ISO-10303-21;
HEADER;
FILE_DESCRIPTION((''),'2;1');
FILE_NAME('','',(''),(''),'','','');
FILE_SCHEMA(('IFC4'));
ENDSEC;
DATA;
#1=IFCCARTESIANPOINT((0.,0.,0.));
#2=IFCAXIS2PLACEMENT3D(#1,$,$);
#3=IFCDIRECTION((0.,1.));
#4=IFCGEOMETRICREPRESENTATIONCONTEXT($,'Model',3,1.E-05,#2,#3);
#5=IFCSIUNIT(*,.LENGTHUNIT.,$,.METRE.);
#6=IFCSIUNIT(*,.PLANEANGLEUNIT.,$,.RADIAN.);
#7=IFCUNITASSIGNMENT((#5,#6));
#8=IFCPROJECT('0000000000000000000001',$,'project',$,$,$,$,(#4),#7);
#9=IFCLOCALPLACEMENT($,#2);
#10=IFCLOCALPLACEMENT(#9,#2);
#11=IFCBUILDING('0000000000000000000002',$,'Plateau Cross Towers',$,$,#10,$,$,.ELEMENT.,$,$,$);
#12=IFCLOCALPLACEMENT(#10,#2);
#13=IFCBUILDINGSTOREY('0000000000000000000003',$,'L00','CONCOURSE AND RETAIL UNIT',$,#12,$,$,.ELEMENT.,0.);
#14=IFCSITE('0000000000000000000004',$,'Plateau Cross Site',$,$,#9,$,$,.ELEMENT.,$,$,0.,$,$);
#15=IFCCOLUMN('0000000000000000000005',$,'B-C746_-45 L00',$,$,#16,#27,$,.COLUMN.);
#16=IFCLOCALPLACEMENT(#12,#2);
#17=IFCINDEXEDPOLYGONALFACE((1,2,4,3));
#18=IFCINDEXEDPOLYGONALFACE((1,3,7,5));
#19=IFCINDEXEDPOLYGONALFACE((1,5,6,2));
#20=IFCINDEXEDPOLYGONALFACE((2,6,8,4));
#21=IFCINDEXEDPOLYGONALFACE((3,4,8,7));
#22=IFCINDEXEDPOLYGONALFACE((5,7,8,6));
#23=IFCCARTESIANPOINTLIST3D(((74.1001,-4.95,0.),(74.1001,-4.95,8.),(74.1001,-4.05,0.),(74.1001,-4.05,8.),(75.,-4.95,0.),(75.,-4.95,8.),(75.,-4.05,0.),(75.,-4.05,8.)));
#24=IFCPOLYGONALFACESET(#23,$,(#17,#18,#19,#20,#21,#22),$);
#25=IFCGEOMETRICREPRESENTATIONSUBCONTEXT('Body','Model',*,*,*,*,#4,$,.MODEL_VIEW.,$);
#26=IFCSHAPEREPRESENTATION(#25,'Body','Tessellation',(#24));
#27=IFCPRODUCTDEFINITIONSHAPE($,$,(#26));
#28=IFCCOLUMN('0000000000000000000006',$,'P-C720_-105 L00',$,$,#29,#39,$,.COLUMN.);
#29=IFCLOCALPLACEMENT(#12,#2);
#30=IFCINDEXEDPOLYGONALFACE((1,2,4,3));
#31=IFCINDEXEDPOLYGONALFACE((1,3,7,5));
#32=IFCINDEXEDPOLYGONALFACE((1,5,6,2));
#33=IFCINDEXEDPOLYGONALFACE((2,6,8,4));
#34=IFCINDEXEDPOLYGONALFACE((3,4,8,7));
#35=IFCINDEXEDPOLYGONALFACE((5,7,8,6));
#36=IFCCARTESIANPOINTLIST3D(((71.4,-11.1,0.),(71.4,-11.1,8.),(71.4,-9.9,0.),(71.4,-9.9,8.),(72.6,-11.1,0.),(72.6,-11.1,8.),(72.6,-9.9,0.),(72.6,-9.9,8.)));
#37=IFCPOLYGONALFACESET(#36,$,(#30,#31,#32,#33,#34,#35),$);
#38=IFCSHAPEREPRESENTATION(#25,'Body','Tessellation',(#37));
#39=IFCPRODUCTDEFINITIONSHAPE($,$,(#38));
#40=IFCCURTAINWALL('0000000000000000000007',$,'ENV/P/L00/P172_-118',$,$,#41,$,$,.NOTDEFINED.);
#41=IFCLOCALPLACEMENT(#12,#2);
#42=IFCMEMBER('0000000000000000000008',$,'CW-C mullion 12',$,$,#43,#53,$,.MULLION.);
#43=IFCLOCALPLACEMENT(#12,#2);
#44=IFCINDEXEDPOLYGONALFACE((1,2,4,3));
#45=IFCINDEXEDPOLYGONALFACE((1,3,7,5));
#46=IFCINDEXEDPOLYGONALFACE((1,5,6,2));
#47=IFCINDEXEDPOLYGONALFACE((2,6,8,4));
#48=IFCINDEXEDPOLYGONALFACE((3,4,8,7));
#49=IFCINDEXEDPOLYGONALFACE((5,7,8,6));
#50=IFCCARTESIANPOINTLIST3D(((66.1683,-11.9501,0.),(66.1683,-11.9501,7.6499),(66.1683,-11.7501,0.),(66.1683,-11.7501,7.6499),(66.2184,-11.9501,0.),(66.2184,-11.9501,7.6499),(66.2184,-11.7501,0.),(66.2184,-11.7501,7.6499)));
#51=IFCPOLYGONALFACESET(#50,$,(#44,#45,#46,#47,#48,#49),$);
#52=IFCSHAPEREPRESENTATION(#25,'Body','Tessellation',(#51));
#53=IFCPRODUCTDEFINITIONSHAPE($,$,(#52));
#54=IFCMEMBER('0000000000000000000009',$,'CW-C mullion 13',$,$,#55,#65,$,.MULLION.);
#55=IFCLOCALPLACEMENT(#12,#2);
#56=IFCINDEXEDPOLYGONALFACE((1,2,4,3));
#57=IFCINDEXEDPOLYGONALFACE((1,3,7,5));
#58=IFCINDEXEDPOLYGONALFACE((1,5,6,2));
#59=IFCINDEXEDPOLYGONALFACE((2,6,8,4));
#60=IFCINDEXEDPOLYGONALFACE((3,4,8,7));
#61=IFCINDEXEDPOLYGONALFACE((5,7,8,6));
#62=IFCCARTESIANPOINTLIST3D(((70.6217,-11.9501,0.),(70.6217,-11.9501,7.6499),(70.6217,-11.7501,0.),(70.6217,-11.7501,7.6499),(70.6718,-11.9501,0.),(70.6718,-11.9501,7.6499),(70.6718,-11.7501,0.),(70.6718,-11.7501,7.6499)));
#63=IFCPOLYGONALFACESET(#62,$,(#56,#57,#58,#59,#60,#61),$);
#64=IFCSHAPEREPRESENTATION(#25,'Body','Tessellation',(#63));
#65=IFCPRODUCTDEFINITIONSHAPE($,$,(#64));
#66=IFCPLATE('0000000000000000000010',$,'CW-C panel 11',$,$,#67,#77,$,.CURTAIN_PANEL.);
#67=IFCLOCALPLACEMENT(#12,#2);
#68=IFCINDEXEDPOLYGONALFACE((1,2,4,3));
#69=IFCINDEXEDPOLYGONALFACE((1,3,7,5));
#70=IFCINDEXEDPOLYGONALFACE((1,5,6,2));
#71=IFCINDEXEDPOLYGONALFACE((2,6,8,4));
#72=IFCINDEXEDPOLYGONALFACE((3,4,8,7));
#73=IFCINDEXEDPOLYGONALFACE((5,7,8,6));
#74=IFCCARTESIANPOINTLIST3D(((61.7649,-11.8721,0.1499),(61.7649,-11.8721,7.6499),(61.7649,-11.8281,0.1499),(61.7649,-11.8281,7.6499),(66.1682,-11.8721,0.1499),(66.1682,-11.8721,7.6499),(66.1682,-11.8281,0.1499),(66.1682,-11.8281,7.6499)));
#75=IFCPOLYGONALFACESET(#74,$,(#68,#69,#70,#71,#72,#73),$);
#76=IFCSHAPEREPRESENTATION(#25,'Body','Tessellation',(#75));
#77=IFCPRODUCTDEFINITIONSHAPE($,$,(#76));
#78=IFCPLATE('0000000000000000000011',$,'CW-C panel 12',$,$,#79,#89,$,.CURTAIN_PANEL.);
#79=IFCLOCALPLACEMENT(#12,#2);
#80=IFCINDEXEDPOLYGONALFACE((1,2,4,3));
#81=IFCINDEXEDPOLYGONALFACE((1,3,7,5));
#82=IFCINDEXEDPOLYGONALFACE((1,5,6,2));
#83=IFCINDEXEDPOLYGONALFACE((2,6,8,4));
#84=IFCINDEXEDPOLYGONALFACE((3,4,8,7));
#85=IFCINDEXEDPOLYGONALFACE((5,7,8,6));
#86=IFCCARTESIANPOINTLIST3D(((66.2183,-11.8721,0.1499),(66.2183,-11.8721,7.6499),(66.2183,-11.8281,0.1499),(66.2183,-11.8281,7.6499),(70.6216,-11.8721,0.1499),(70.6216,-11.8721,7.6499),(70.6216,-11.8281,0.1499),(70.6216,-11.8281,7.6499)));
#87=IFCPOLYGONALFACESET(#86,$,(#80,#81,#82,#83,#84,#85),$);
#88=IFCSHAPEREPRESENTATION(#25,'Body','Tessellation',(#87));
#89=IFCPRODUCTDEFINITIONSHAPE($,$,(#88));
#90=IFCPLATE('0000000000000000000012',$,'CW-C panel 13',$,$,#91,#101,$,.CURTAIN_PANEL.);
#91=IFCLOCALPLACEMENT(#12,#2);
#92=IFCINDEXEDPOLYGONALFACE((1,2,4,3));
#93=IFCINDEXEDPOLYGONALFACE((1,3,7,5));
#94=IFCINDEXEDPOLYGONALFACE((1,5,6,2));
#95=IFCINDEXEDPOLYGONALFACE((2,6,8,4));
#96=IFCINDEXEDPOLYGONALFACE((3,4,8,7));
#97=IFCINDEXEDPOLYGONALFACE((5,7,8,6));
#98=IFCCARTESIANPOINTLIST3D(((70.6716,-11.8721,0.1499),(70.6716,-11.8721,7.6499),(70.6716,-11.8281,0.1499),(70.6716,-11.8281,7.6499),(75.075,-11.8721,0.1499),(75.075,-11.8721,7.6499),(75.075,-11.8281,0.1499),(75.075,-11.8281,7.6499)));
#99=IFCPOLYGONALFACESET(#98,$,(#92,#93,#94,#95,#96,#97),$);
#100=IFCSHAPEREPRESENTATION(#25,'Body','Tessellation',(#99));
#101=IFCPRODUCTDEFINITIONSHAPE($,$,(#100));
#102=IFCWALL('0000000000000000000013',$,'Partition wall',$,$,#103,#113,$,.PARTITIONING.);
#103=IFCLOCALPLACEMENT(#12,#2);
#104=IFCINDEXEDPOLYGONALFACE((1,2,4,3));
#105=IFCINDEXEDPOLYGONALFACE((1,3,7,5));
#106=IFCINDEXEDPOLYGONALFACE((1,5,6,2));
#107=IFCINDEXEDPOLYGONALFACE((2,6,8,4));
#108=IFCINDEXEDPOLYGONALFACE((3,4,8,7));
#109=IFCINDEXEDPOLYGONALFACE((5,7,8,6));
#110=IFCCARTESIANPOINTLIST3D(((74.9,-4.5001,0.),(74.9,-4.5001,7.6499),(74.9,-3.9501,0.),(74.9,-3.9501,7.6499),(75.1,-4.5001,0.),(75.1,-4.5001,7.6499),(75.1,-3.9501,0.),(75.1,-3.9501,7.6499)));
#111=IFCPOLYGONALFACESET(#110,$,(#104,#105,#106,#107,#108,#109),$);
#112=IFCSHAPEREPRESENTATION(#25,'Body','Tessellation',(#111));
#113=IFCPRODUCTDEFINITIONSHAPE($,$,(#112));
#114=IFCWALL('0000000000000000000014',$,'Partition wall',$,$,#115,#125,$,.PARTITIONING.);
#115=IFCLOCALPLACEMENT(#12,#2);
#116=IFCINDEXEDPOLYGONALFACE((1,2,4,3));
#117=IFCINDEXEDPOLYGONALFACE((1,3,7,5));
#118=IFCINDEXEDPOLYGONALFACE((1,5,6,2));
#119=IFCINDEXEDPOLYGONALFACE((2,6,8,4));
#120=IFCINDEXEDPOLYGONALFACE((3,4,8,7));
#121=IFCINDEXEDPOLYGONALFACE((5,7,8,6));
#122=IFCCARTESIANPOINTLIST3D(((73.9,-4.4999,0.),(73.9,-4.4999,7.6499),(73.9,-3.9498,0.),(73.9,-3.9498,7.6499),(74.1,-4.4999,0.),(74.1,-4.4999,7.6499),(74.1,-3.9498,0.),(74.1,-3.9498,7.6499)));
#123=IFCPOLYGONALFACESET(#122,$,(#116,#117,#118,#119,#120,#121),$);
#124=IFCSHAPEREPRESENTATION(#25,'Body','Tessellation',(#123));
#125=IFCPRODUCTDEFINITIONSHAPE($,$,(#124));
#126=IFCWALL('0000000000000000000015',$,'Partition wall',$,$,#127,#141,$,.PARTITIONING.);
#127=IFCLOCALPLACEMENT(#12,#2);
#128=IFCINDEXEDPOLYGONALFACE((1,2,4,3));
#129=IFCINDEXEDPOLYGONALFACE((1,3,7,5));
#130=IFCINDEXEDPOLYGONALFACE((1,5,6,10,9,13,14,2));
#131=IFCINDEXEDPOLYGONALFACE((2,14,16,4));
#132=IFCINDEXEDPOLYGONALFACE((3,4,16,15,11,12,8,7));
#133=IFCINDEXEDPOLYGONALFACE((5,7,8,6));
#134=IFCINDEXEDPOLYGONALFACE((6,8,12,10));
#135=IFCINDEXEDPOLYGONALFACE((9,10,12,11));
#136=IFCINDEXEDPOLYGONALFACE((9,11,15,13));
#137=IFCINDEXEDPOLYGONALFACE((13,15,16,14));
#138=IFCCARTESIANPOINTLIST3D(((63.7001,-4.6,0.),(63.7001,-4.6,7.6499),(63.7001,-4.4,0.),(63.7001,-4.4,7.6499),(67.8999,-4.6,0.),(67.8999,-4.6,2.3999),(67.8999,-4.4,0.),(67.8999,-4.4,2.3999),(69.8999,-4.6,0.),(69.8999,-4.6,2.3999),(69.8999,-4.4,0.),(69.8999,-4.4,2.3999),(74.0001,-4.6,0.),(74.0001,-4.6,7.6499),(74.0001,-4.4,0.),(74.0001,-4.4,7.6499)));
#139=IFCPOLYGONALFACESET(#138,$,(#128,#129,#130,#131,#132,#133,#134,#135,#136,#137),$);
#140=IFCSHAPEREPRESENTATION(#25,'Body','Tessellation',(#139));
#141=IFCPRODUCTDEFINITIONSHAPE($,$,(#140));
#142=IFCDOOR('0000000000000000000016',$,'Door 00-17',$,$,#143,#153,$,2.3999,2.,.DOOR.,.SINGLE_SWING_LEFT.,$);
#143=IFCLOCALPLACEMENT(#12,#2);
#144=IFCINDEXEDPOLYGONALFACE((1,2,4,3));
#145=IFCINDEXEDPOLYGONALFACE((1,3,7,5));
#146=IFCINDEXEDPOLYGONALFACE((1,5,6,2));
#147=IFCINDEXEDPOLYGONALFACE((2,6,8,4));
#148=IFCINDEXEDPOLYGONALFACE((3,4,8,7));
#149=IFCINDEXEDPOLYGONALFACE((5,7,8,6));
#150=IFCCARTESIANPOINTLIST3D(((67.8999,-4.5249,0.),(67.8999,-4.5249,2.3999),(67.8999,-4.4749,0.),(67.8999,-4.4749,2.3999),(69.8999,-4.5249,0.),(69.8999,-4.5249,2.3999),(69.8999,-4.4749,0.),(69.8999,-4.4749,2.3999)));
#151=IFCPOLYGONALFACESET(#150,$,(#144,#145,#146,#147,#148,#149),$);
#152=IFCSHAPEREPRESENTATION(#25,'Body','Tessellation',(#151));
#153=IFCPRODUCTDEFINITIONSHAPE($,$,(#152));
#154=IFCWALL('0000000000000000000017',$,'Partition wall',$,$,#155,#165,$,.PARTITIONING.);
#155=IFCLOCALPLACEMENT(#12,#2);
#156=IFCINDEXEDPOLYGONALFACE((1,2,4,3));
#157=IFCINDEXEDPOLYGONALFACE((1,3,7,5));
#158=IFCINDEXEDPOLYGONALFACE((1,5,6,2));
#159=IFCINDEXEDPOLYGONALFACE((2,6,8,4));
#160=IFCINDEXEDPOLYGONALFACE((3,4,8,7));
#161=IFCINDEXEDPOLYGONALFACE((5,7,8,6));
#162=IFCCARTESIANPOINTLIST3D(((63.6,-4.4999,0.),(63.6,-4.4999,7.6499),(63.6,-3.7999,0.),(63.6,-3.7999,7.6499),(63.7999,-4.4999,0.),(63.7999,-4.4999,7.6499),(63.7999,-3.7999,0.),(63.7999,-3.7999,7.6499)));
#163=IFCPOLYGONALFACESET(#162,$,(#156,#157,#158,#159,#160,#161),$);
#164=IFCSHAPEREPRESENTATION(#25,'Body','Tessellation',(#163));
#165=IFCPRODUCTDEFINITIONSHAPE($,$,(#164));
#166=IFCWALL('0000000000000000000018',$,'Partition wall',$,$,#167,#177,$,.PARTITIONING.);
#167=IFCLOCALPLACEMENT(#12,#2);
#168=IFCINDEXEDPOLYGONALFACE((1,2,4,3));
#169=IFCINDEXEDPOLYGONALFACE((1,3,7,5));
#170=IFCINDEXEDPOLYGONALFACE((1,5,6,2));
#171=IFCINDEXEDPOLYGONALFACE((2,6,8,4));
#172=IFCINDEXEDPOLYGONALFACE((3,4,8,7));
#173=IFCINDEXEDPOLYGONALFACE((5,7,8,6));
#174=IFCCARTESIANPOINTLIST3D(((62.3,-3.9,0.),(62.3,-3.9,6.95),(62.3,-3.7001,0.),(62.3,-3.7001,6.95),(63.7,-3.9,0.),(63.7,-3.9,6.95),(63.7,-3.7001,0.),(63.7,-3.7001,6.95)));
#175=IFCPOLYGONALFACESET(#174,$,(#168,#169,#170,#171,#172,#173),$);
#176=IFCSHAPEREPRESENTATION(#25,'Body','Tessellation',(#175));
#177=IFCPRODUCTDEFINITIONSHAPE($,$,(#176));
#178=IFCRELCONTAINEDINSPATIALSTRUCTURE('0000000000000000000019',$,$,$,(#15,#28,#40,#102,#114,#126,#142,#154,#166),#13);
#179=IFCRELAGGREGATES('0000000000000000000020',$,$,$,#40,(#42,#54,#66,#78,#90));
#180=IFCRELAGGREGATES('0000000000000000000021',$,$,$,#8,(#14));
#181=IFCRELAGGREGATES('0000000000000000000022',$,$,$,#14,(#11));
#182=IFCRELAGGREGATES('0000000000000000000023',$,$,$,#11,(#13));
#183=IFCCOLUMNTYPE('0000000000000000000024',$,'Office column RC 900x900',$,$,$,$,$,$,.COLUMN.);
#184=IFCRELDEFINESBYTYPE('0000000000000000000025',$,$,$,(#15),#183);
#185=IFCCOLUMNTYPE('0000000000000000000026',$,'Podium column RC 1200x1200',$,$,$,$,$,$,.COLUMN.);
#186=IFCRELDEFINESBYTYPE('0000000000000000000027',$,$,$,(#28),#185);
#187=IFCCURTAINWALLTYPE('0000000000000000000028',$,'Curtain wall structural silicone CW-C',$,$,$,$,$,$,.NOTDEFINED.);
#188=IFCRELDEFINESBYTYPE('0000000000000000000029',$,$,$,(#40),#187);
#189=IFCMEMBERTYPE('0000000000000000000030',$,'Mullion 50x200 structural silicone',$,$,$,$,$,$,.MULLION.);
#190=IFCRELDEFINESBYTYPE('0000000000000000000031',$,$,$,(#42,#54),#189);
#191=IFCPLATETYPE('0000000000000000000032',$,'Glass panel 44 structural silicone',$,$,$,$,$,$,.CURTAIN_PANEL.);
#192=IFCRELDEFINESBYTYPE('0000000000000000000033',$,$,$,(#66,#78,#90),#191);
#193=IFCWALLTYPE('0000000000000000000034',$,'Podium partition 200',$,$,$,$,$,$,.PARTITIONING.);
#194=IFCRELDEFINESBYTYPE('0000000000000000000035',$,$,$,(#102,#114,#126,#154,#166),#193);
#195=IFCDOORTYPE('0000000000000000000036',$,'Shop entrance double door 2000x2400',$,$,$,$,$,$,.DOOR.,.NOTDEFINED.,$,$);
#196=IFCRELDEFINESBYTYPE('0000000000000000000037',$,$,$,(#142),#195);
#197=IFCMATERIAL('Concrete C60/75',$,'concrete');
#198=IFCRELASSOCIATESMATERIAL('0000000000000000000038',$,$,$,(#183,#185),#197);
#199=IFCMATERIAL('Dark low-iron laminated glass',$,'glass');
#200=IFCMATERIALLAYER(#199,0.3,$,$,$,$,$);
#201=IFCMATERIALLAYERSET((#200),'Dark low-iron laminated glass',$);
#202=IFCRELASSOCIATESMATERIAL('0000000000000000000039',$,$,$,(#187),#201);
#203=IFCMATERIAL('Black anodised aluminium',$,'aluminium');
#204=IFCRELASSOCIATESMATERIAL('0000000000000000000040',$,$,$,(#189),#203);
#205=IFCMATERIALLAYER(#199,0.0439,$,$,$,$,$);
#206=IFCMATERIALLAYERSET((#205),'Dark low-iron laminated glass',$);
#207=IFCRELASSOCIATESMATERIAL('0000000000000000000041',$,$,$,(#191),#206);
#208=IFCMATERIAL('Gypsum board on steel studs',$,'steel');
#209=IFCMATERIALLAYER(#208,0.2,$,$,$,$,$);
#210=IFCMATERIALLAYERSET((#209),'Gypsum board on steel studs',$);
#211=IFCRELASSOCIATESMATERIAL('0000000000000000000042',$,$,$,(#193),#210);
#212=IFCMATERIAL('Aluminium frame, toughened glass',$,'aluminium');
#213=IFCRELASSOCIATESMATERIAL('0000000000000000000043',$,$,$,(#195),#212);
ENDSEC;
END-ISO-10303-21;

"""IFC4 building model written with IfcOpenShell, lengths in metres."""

from ifc_helpers import new_model, si_unit, direction, frame, frame_2d, origin, origin_2d, place, context, subcontext, project, spatial, rectangle, extrude, material, layer, layer_set, material_profile, profile_set, type_object, element, fill, aggregate, save


model = new_model("IFC4")

# Units and contexts
model_context = context("Model", 3, precision=1e-05, world=origin(), true_north=direction((0.0, 1.0)))
body_context = subcontext(model_context, "Body", "Model", "MODEL_VIEW")
ifc_project = project(units=[si_unit("LENGTHUNIT", "METRE"), si_unit("PLANEANGLEUNIT", "RADIAN")], contexts=[model_context])

# Site, building, storey
site_placement = place(None, origin())
site = spatial("IfcSite", under=ifc_project, at=site_placement, Name="Plateau Cross Site", CompositionType="ELEMENT", RefElevation=0.0)
building_placement = place(site_placement, origin())
building = spatial("IfcBuilding", under=site, at=building_placement, Name="Plateau Cross Towers", CompositionType="ELEMENT")
storey_placement = place(building_placement, origin())
storey = spatial("IfcBuildingStorey", under=building, at=storey_placement, Name="L00", Description="CONCOURSE AND RETAIL UNIT", CompositionType="ELEMENT", Elevation=0.0)

# Columns
ifc_material_1 = material(Name="Concrete C60/75", Category="concrete")
ifc_material_profile_1 = material_profile(ifc_material_1, rectangle(XDim=0.8999, YDim=0.8999, at=origin_2d()), Name="RC 900x900")
ifc_profile_set_1 = profile_set([ifc_material_profile_1], Name="Concrete C60/75")
column_type_1 = type_object("IfcColumnType", Name="Office column RC 900x900", PredefinedType="COLUMN", material=ifc_profile_set_1)
column_1_placement = place(storey_placement, frame((74.55, -4.5, 0.0), z_axis=(0.0, 0.0, 1.0), x_axis=(1.0, 0.0, 0.0)))
element("IfcColumn", 1, at=column_1_placement, inside=storey, type_object=column_type_1, Name="B-C746_-45 L00", PredefinedType="COLUMN", context=body_context, shape_type="SweptSolid", body=[
    extrude(rectangle(XDim=0.8999, YDim=0.8999, at=origin_2d()), origin(), (0.0, 0.0, 1.0), 8.0),
])
ifc_material_profile_2 = material_profile(ifc_material_1, rectangle(XDim=1.2, YDim=1.2, at=origin_2d()), Name="RC 1200x1200")
ifc_profile_set_2 = profile_set([ifc_material_profile_2], Name="Concrete C60/75")
column_type_2 = type_object("IfcColumnType", Name="Podium column RC 1200x1200", PredefinedType="COLUMN", material=ifc_profile_set_2)
column_2_placement = place(storey_placement, frame((72.0, -10.5, 0.0), z_axis=(0.0, 0.0, 1.0), x_axis=(1.0, 0.0, 0.0)))
element("IfcColumn", 2, at=column_2_placement, inside=storey, type_object=column_type_2, Name="P-C720_-105 L00", PredefinedType="COLUMN", context=body_context, shape_type="SweptSolid", body=[
    extrude(rectangle(XDim=1.2, YDim=1.2, at=origin_2d()), origin(), (0.0, 0.0, 1.0), 8.0),
])

# Curtain wall, members, plates
ifc_material_2 = material(Name="Dark low-iron laminated glass", Category="glass")
ifc_layer_1 = layer(ifc_material_2, 0.3)
ifc_layer_set_1 = layer_set([ifc_layer_1], Name="Dark low-iron laminated glass")
curtain_wall_type = type_object("IfcCurtainWallType", Name="Curtain wall structural silicone CW-C", PredefinedType="NOTDEFINED", material=ifc_layer_set_1)
curtain_wall_placement = place(storey_placement, origin())
curtain_wall = element("IfcCurtainWall", 3, at=curtain_wall_placement, inside=storey, type_object=curtain_wall_type, Name="ENV/P/L00/P172_-118", PredefinedType="NOTDEFINED")
ifc_material_3 = material(Name="Black anodised aluminium", Category="aluminium")
ifc_material_profile_3 = material_profile(ifc_material_3, rectangle(XDim=0.05, YDim=0.2, at=origin_2d()), Name="MULLION 50x200")
ifc_profile_set_3 = profile_set([ifc_material_profile_3], Name="Black anodised aluminium")
member_type = type_object("IfcMemberType", Name="Mullion 50x200 structural silicone", PredefinedType="MULLION", material=ifc_profile_set_3)
member_1_placement = place(storey_placement, frame((66.1934, -11.8501, 0.0), z_axis=(0.0, 0.0, 1.0), x_axis=(1.0, 0.0, 0.0)))
member_1 = element("IfcMember", 4, at=member_1_placement, type_object=member_type, Name="CW-C mullion 12", PredefinedType="MULLION", context=body_context, shape_type="SweptSolid", body=[
    extrude(rectangle(XDim=0.05, YDim=0.2, at=origin_2d()), origin(), (0.0, 0.0, 1.0), 7.6499),
])
member_2_placement = place(storey_placement, frame((70.6467, -11.8501, 0.0), z_axis=(0.0, 0.0, 1.0), x_axis=(1.0, 0.0, 0.0)))
member_2 = element("IfcMember", 5, at=member_2_placement, type_object=member_type, Name="CW-C mullion 13", PredefinedType="MULLION", context=body_context, shape_type="SweptSolid", body=[
    extrude(rectangle(XDim=0.05, YDim=0.2, at=origin_2d()), origin(), (0.0, 0.0, 1.0), 7.6499),
])
ifc_layer_2 = layer(ifc_material_2, 0.0439)
ifc_layer_set_2 = layer_set([ifc_layer_2], Name="Dark low-iron laminated glass")
plate_type = type_object("IfcPlateType", Name="Glass panel 44 structural silicone", PredefinedType="CURTAIN_PANEL", material=ifc_layer_set_2)
plate_1_placement = place(storey_placement, frame((63.9666, -11.8501, 0.1499), z_axis=(0.0, 0.0, 1.0), x_axis=(1.0, 0.0, 0.0)))
plate_1 = element("IfcPlate", 6, at=plate_1_placement, type_object=plate_type, Name="CW-C panel 11", PredefinedType="CURTAIN_PANEL", context=body_context, shape_type="SweptSolid", body=[
    extrude(rectangle(XDim=4.4033, YDim=0.0439, at=origin_2d()), origin(), (0.0, 0.0, 1.0), 7.5),
])
plate_2_placement = place(storey_placement, frame((68.4199, -11.8501, 0.1499), z_axis=(0.0, 0.0, 1.0), x_axis=(1.0, 0.0, 0.0)))
plate_2 = element("IfcPlate", 7, at=plate_2_placement, type_object=plate_type, Name="CW-C panel 12", PredefinedType="CURTAIN_PANEL", context=body_context, shape_type="SweptSolid", body=[
    extrude(rectangle(XDim=4.4033, YDim=0.0439, at=origin_2d()), origin(), (0.0, 0.0, 1.0), 7.5),
])
plate_3_placement = place(storey_placement, frame((72.8733, -11.8501, 0.1499), z_axis=(0.0, 0.0, 1.0), x_axis=(1.0, 0.0, 0.0)))
plate_3 = element("IfcPlate", 8, at=plate_3_placement, type_object=plate_type, Name="CW-C panel 13", PredefinedType="CURTAIN_PANEL", context=body_context, shape_type="SweptSolid", body=[
    extrude(rectangle(XDim=4.4033, YDim=0.0439, at=origin_2d()), origin(), (0.0, 0.0, 1.0), 7.5),
])
aggregate(curtain_wall, [member_1, member_2, plate_1, plate_2, plate_3])

# Walls
ifc_material_4 = material(Name="Gypsum board on steel studs", Category="steel")
ifc_layer_3 = layer(ifc_material_4, 0.2)
ifc_layer_set_3 = layer_set([ifc_layer_3], Name="Gypsum board on steel studs")
wall_type = type_object("IfcWallType", Name="Podium partition 200", PredefinedType="PARTITIONING", material=ifc_layer_set_3)
for number, where, z_axis, x_axis, name in (
    (9, (75.0, -4.5, 0.0), (0.0, 0.0, 1.0), (0.0, 1.0, 0.0), "Partition wall"),
    (10, (74.0, -3.95, 0.0), (0.0, 0.0, 1.0), (0.0, -1.0, 0.0), "Partition wall"),
):
    element("IfcWall", number, at=place(storey_placement, frame(where, z_axis=z_axis, x_axis=x_axis)), inside=storey, type_object=wall_type, Name=name, PredefinedType="PARTITIONING", context=body_context, shape_type="SweptSolid", body=[
        extrude(rectangle(XDim=0.55, YDim=0.2, at=frame_2d((0.2749, 0.0))), origin(), (0.0, 0.0, 1.0), 7.6499),
    ])

# Wall, opening, door
wall_1_placement = place(storey_placement, frame((74.0, -4.5, 0.0), z_axis=(0.0, 0.0, 1.0), x_axis=(-1.0, 0.0, 0.0)))
wall_1 = element("IfcWall", 11, at=wall_1_placement, inside=storey, type_object=wall_type, Name="Partition wall", PredefinedType="PARTITIONING", context=body_context, shape_type="SweptSolid", body=[
    extrude(rectangle(XDim=10.3, YDim=0.2, at=frame_2d((5.1499, 0.0))), origin(), (0.0, 0.0, 1.0), 7.6499),
])
opening_placement = place(wall_1_placement, frame((4.1001, 0.0, 0.0)))
opening = element("IfcOpeningElement", 12, at=opening_placement, cuts=wall_1, PredefinedType="OPENING", context=body_context, shape_type="SweptSolid", body=[
    extrude(rectangle(XDim=2.0, YDim=2.3999, at=frame_2d((1.0, 1.2))), frame((0.0, 0.1099, 0.0), z_axis=(0.0, -1.0, 0.0), x_axis=(1.0, 0.0, 0.0)), (0.0, 0.0, 1.0), 0.22),
])
ifc_material_5 = material(Name="Aluminium frame, toughened glass", Category="aluminium")
door_type = type_object("IfcDoorType", Name="Shop entrance double door 2000x2400", OperationType="NOTDEFINED", PredefinedType="DOOR", material=ifc_material_5)
door_placement = place(opening_placement, origin())
door = element("IfcDoor", 13, at=door_placement, inside=storey, type_object=door_type, Name="Door 00-17", OperationType="SINGLE_SWING_LEFT", OverallHeight=2.3999, OverallWidth=2.0, PredefinedType="DOOR", context=body_context, shape_type="SweptSolid", body=[
    extrude(rectangle(XDim=2.0, YDim=2.3999, at=frame_2d((1.0, 1.2))), frame((0.0, 0.0249, 0.0), z_axis=(0.0, -1.0, 0.0), x_axis=(1.0, 0.0, 0.0)), (0.0, 0.0, 1.0), 0.05),
])
fill(opening, door)

# Walls
wall_2_placement = place(storey_placement, frame((63.7, -4.5, 0.0), z_axis=(0.0, 0.0, 1.0), x_axis=(0.0, 1.0, 0.0)))
element("IfcWall", 14, at=wall_2_placement, inside=storey, type_object=wall_type, Name="Partition wall", PredefinedType="PARTITIONING", context=body_context, shape_type="SweptSolid", body=[
    extrude(rectangle(XDim=0.7, YDim=0.2, at=frame_2d((0.3501, 0.0))), origin(), (0.0, 0.0, 1.0), 7.6499),
])
wall_3_placement = place(storey_placement, frame((63.7, -3.8, 0.0), z_axis=(0.0, 0.0, 1.0), x_axis=(-1.0, 0.0, 0.0)))
element("IfcWall", 15, at=wall_3_placement, inside=storey, type_object=wall_type, Name="Partition wall", PredefinedType="PARTITIONING", context=body_context, shape_type="SweptSolid", body=[
    extrude(rectangle(XDim=1.3999, YDim=0.2, at=frame_2d((0.7, 0.0))), origin(), (0.0, 0.0, 1.0), 6.95),
])

save(model, "model.ifc")
